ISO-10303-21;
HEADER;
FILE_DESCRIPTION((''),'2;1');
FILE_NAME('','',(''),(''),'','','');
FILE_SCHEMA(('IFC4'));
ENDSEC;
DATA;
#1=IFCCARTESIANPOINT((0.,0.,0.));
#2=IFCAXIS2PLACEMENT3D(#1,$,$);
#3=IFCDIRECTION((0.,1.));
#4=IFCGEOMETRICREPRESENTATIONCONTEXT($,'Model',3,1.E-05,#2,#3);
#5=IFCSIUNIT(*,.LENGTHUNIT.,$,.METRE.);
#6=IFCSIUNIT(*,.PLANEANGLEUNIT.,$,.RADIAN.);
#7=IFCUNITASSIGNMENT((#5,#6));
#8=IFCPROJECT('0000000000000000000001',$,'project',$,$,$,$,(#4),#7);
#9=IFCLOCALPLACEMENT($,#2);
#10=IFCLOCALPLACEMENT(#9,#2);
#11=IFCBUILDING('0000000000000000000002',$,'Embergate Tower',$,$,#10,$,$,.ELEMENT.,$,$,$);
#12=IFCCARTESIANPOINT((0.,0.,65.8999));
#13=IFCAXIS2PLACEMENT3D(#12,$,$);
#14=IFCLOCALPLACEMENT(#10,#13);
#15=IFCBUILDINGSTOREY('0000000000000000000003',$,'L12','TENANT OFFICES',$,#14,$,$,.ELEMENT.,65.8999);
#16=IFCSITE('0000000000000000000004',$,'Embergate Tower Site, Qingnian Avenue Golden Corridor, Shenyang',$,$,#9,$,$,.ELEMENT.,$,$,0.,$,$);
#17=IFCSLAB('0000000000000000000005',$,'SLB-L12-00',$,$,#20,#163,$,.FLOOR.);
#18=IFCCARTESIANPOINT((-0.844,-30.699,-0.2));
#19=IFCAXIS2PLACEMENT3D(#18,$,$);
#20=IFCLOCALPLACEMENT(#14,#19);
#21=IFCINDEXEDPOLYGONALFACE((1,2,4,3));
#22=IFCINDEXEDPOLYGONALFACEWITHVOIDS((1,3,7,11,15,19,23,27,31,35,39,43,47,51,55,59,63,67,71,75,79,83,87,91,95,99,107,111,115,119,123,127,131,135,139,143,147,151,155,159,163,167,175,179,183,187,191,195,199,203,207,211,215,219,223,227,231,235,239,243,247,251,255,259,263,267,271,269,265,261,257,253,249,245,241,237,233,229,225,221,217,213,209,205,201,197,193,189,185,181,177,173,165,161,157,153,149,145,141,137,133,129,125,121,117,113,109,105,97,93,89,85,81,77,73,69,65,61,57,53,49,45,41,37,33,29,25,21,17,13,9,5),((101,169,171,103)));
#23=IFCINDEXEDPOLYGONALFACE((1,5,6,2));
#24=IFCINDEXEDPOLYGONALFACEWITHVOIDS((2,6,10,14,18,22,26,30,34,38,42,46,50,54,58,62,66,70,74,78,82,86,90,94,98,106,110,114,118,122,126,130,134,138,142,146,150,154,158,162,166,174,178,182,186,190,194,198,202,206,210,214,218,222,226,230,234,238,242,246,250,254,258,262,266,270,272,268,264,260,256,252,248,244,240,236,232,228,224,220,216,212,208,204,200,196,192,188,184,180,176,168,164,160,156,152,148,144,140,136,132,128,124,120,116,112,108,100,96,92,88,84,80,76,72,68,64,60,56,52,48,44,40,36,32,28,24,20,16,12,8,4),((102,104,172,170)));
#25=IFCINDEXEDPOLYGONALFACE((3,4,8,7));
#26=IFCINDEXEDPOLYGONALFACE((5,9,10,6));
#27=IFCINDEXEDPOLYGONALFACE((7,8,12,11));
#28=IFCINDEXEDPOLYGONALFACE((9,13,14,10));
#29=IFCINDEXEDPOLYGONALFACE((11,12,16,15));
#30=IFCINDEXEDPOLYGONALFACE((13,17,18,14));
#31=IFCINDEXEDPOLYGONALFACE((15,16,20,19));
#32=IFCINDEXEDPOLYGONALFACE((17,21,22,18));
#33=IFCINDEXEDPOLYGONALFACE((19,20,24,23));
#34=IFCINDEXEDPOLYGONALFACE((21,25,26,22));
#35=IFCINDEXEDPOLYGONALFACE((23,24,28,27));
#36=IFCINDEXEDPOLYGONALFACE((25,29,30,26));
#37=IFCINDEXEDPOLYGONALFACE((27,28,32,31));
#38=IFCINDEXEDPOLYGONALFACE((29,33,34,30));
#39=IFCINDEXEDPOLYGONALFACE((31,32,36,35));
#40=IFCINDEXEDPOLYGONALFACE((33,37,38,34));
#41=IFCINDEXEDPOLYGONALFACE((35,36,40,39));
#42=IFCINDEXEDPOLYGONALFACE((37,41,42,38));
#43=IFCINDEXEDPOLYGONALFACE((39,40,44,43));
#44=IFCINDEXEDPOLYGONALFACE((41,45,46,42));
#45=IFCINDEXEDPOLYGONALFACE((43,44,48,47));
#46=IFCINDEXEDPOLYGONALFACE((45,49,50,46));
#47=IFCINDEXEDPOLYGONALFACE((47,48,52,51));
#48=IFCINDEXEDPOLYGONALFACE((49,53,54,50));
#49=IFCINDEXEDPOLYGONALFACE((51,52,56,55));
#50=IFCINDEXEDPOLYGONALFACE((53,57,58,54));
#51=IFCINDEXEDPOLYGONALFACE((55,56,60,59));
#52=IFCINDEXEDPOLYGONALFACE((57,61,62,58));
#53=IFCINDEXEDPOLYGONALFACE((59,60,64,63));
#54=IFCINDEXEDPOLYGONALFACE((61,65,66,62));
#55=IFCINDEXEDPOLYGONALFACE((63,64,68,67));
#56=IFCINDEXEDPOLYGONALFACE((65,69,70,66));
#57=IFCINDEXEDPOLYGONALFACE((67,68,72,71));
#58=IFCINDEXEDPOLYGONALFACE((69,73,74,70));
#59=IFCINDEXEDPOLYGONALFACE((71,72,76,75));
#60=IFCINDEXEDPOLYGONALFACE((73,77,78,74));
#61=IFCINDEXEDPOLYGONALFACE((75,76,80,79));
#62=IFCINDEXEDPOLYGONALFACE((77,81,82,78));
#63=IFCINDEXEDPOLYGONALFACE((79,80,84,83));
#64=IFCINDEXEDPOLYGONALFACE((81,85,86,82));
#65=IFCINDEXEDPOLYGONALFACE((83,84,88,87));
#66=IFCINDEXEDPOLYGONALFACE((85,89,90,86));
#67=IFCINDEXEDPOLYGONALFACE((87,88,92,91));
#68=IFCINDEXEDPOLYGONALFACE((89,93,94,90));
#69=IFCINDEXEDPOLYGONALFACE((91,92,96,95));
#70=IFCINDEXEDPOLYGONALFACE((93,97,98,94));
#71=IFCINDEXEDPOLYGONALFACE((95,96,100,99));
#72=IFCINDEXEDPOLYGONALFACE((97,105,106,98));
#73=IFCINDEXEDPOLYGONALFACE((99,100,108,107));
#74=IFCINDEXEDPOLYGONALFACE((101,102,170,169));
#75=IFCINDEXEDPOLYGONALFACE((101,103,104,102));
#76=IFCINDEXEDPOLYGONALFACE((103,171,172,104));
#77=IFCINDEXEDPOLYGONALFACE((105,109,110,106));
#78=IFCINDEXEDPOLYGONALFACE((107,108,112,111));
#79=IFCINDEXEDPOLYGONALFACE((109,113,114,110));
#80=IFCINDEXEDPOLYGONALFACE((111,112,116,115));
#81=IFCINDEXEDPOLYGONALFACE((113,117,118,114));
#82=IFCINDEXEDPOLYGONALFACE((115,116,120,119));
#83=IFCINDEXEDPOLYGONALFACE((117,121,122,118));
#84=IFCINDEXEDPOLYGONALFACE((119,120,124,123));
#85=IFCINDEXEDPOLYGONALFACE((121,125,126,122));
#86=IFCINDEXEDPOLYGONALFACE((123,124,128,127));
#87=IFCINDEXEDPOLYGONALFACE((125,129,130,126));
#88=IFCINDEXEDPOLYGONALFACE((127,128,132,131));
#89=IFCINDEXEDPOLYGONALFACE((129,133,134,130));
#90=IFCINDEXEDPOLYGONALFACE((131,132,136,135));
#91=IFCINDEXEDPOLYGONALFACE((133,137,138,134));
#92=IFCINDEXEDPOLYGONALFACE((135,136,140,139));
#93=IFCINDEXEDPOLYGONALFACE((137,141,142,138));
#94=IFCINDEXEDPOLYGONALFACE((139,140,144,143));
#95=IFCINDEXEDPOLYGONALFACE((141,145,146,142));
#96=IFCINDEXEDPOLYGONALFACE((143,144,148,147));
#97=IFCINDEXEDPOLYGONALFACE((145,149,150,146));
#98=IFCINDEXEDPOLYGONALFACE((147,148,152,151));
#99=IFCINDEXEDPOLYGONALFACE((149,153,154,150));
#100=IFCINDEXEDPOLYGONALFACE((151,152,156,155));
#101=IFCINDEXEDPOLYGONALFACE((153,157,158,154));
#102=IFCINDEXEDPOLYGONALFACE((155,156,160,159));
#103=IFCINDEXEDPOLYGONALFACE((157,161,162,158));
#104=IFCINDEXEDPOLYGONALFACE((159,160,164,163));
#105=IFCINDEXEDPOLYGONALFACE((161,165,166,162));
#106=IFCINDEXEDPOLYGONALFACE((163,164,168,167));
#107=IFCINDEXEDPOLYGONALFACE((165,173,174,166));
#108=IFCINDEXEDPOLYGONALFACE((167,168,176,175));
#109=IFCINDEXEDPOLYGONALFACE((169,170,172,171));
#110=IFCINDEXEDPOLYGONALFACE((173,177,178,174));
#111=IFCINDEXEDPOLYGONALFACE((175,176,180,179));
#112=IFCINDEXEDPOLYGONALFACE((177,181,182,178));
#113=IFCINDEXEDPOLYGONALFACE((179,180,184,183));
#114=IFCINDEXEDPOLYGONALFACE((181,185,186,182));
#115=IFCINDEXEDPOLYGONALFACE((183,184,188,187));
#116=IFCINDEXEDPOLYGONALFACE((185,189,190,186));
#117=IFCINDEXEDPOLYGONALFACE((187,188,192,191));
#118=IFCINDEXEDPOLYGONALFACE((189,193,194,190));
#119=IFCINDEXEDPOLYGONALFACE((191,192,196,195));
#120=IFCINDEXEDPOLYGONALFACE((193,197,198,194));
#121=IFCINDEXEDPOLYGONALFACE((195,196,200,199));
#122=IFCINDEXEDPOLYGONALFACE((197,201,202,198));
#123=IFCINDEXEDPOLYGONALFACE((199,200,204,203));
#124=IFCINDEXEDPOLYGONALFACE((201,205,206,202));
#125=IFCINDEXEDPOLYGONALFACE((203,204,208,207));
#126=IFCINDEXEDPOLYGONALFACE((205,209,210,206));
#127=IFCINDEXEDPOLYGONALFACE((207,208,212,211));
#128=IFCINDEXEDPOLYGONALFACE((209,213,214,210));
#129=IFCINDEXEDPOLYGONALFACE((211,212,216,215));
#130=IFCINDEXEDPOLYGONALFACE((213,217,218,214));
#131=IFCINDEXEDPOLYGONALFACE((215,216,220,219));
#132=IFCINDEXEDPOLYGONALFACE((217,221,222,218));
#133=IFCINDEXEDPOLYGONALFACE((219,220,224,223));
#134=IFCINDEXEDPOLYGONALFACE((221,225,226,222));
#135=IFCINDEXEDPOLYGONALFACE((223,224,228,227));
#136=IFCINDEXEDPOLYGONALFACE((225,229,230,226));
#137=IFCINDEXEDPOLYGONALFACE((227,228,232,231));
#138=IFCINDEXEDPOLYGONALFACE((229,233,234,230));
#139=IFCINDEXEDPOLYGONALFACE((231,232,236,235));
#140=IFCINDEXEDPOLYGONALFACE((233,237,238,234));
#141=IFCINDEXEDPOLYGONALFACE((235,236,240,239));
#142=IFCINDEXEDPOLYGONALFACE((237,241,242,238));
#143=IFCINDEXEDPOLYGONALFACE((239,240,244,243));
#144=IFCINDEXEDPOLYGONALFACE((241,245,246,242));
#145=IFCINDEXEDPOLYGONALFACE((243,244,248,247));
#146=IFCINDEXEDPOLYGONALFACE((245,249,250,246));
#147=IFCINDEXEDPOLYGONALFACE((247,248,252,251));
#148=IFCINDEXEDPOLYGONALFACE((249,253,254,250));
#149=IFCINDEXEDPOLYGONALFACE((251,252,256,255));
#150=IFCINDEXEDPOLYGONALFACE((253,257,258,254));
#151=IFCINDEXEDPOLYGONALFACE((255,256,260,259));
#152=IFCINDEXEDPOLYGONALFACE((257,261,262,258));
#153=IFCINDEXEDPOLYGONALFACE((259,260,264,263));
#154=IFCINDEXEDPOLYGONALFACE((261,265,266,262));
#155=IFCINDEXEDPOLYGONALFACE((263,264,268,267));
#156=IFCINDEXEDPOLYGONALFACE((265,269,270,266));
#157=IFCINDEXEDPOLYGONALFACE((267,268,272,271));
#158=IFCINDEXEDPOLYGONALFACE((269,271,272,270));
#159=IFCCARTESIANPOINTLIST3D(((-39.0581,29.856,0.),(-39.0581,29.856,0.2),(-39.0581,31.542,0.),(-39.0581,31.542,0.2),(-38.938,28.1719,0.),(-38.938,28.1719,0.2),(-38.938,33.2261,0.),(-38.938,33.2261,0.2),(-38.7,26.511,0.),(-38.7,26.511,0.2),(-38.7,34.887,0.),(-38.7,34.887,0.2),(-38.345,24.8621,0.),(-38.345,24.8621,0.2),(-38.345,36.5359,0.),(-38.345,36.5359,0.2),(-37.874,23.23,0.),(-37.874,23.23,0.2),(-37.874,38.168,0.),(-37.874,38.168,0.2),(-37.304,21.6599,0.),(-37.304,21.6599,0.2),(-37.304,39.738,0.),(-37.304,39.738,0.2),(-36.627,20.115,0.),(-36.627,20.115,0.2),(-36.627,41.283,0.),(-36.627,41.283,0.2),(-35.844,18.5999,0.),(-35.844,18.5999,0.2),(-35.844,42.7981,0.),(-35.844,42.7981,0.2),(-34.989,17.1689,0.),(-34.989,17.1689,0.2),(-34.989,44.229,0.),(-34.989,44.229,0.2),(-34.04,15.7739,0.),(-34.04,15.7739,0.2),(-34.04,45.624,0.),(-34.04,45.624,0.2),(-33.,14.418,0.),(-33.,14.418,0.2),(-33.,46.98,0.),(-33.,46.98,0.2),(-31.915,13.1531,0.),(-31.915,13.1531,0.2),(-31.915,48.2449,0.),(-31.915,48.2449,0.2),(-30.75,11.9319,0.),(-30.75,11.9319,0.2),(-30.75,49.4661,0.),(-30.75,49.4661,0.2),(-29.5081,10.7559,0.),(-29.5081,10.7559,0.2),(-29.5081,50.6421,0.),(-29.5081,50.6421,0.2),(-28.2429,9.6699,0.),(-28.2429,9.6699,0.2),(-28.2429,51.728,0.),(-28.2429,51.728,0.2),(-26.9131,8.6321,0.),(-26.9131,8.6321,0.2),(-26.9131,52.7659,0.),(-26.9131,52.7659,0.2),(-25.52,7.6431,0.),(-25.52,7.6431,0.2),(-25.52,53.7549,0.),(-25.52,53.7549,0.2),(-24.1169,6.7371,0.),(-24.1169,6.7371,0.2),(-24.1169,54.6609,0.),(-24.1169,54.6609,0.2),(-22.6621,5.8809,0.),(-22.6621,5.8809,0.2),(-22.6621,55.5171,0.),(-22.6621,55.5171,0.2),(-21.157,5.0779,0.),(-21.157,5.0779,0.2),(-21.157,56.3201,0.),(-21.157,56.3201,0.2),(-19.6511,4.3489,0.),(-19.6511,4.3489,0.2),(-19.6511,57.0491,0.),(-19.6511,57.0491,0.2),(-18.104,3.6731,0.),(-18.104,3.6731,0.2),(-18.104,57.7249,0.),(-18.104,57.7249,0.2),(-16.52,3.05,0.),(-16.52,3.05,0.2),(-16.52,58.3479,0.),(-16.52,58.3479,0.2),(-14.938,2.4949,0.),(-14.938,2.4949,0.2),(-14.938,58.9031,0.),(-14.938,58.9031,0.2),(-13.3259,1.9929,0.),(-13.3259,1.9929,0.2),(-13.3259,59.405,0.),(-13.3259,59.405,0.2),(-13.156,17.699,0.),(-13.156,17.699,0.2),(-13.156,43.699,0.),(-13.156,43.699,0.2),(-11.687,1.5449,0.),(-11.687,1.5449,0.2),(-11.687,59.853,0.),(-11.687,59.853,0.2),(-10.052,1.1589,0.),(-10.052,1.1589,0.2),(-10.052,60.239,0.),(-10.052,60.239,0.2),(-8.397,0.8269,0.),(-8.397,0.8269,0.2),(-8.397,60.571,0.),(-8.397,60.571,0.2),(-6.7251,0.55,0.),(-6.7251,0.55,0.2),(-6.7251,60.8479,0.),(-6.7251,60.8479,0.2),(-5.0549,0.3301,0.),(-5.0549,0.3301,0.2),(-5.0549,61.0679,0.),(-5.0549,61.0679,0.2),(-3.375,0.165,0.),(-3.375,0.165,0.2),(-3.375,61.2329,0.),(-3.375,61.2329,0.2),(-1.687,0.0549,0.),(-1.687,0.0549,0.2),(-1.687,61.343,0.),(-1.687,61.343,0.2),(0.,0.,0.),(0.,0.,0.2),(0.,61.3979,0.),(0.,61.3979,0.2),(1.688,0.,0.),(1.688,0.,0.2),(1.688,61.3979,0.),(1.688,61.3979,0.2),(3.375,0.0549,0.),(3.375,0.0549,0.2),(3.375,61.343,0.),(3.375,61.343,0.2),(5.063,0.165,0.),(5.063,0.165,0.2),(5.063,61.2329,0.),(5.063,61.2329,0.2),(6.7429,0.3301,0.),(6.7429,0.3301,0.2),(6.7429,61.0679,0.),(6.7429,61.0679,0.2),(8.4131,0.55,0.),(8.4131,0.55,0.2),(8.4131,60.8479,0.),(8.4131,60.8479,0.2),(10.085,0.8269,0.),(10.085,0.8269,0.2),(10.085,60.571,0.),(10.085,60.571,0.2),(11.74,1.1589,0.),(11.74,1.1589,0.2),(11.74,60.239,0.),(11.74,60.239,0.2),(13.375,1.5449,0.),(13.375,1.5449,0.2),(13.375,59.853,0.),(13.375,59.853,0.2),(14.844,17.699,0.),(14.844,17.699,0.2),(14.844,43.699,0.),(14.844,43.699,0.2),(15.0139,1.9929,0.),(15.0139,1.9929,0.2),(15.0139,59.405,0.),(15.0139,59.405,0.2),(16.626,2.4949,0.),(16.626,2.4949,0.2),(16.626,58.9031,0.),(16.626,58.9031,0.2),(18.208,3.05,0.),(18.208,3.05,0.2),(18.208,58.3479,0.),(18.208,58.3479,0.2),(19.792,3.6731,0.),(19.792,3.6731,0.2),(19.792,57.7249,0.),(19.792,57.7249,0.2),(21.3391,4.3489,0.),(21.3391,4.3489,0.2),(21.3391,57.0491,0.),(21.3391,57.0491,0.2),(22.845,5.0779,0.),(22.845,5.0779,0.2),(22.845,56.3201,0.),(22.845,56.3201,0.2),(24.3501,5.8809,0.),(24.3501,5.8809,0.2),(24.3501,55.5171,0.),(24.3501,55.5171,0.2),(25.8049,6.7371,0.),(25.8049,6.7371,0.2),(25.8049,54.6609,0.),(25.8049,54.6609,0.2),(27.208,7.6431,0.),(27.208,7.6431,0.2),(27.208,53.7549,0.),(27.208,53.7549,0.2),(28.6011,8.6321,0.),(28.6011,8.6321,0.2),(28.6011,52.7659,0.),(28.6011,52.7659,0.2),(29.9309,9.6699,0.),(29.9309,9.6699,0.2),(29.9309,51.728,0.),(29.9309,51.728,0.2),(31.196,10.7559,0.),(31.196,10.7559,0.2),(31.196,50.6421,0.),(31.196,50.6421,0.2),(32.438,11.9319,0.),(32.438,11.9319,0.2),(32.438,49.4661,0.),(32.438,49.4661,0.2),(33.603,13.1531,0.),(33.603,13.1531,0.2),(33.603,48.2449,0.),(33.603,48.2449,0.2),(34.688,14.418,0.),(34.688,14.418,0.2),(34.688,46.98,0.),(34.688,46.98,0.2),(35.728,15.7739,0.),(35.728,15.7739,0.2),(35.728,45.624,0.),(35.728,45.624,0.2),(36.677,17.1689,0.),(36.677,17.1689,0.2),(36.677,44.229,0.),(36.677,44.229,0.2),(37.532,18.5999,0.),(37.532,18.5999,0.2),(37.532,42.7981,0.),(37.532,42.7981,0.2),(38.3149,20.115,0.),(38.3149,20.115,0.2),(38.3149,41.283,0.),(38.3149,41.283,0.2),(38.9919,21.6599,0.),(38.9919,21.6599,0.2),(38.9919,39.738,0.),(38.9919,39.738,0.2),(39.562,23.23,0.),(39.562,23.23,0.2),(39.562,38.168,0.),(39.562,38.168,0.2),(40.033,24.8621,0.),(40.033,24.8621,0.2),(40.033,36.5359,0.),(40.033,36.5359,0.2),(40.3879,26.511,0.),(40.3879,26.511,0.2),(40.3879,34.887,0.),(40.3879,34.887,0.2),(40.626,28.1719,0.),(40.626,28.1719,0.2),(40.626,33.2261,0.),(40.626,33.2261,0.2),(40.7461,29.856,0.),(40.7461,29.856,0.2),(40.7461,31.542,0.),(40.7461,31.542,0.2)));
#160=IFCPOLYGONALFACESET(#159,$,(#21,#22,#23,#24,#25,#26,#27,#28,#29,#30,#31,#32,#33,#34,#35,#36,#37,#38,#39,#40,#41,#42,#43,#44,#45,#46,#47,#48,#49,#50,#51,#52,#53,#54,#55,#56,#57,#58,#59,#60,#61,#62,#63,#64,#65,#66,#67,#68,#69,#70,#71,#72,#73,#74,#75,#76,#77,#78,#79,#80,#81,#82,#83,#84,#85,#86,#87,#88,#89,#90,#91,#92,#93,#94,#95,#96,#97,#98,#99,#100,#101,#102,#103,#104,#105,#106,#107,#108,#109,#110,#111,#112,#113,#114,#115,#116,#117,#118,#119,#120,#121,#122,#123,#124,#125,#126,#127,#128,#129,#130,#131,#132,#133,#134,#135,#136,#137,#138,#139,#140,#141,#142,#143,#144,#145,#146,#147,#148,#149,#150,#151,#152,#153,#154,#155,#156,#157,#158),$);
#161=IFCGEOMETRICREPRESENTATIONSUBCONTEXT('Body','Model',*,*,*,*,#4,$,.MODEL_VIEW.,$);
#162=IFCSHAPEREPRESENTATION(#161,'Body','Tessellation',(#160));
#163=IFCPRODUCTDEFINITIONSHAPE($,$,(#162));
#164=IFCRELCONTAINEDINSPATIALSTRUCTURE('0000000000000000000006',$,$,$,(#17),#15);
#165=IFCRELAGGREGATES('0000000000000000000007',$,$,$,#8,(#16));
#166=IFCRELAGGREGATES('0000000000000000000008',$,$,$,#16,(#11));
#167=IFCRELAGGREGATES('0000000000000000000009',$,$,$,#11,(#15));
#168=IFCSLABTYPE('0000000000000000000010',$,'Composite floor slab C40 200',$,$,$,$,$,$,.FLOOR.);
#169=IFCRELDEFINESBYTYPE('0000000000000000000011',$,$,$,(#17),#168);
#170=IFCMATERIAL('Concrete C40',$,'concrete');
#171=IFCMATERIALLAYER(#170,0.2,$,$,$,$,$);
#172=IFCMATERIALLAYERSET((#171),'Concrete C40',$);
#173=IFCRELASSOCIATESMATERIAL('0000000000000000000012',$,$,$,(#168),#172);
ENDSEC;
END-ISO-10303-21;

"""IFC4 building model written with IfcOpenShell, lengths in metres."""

from ifc_helpers import new_model, si_unit, direction, frame, origin, place, context, subcontext, project, spatial, polyline, outline, extrude, source, transform, mapped, material, layer, layer_set, type_object, element, save


model = new_model("IFC4")

# Units and contexts
model_context = context("Model", 3, precision=1e-05, world=origin(), true_north=direction((0.0, 1.0)))
body_context = subcontext(model_context, "Body", "Model", "MODEL_VIEW")
ifc_project = project(units=[si_unit("LENGTHUNIT", "METRE"), si_unit("PLANEANGLEUNIT", "RADIAN")], contexts=[model_context])

# Site, building, storey
site_placement = place(None, origin())
site = spatial("IfcSite", under=ifc_project, at=site_placement, Name="Embergate Tower Site, Qingnian Avenue Golden Corridor, Shenyang", CompositionType="ELEMENT", RefElevation=0.0)
building_placement = place(site_placement, origin())
building = spatial("IfcBuilding", under=site, at=building_placement, Name="Embergate Tower", CompositionType="ELEMENT")
storey_placement = place(building_placement, frame((0.0, 0.0, 65.8999)))
storey = spatial("IfcBuildingStorey", under=building, at=storey_placement, Name="L12", Description="TENANT OFFICES", CompositionType="ELEMENT", Elevation=65.8999)

# Slab
ifc_material_1 = material(Name="Concrete C40", Category="concrete")
ifc_layer_1 = layer(ifc_material_1, 0.2)
ifc_layer_set_1 = layer_set([ifc_layer_1], Name="Concrete C40")
slab_type = type_object("IfcSlabType", Name="Composite floor slab C40 200", PredefinedType="FLOOR", material=ifc_layer_set_1)
shared_shape_1 = source(origin(), body_context, "Body", "SweptSolid", [
    extrude(outline(polyline([(0.0, 0.0), (1.688, 0.0), (3.375, 0.0549), (5.063, 0.165), (6.7429, 0.3301), (8.4131, 0.55), (10.085, 0.8269), (11.74, 1.1589), (13.375, 1.5449), (15.0139, 1.9929), (16.626, 2.4949), (18.208, 3.05), (19.792, 3.6731), (21.3391, 4.3489), (22.845, 5.0779), (24.3501, 5.8809), (25.8049, 6.7371), (27.208, 7.6431), (28.6011, 8.6321), (29.9309, 9.6699), (31.196, 10.7559), (32.438, 11.9319), (33.603, 13.1531), (34.688, 14.418), (35.728, 15.7739), (36.677, 17.1689), (37.532, 18.5999), (38.3149, 20.115), (38.9919, 21.6599), (39.562, 23.23), (40.033, 24.8621), (40.3879, 26.511), (40.626, 28.1719), (40.7461, 29.856), (40.7461, 31.542), (40.626, 33.2261), (40.3879, 34.887), (40.033, 36.5359), (39.562, 38.168), (38.9919, 39.738), (38.3149, 41.283), (37.532, 42.7981), (36.677, 44.229), (35.728, 45.624), (34.688, 46.98), (33.603, 48.2449), (32.438, 49.4661), (31.196, 50.6421), (29.9309, 51.728), (28.6011, 52.7659), (27.208, 53.7549), (25.8049, 54.6609), (24.3501, 55.5171), (22.845, 56.3201), (21.3391, 57.0491), (19.792, 57.7249), (18.208, 58.3479), (16.626, 58.9031), (15.0139, 59.405), (13.375, 59.853), (11.74, 60.239), (10.085, 60.571), (8.4131, 60.8479), (6.7429, 61.0679), (5.063, 61.2329), (3.375, 61.343), (1.688, 61.3979), (0.0, 61.3979), (-1.687, 61.343), (-3.375, 61.2329), (-5.0549, 61.0679), (-6.7251, 60.8479), (-8.397, 60.571), (-10.052, 60.239), (-11.687, 59.853), (-13.3259, 59.405), (-14.938, 58.9031), (-16.52, 58.3479), (-18.104, 57.7249), (-19.6511, 57.0491), (-21.157, 56.3201), (-22.6621, 55.5171), (-24.1169, 54.6609), (-25.52, 53.7549), (-26.9131, 52.7659), (-28.2429, 51.728), (-29.5081, 50.6421), (-30.75, 49.4661), (-31.915, 48.2449), (-33.0, 46.98), (-34.04, 45.624), (-34.989, 44.229), (-35.844, 42.7981), (-36.627, 41.283), (-37.304, 39.738), (-37.874, 38.168), (-38.345, 36.5359), (-38.7, 34.887), (-38.938, 33.2261), (-39.0581, 31.542), (-39.0581, 29.856), (-38.938, 28.1719), (-38.7, 26.511), (-38.345, 24.8621), (-37.874, 23.23), (-37.304, 21.6599), (-36.627, 20.115), (-35.844, 18.5999), (-34.989, 17.1689), (-34.04, 15.7739), (-33.0, 14.418), (-31.915, 13.1531), (-30.75, 11.9319), (-29.5081, 10.7559), (-28.2429, 9.6699), (-26.9131, 8.6321), (-25.52, 7.6431), (-24.1169, 6.7371), (-22.6621, 5.8809), (-21.157, 5.0779), (-19.6511, 4.3489), (-18.104, 3.6731), (-16.52, 3.05), (-14.938, 2.4949), (-13.3259, 1.9929), (-11.687, 1.5449), (-10.052, 1.1589), (-8.397, 0.8269), (-6.7251, 0.55), (-5.0549, 0.3301), (-3.375, 0.165), (-1.687, 0.0549), (0.0, 0.0)]), holes=[polyline([(-13.156, 17.699), (-13.156, 43.699), (14.844, 43.699), (14.844, 17.699), (-13.156, 17.699)])]), origin(), (0.0, 0.0, 1.0), 0.2),
])
slab_placement = place(storey_placement, frame((-0.844, -30.699, -0.2)))
element("IfcSlab", 1, at=slab_placement, inside=storey, type_object=slab_type, Name="SLB-L12-00", PredefinedType="FLOOR", context=body_context, shape_type="MappedRepresentation", body=[
    mapped(shared_shape_1, transform((0.0, 0.0, 0.0))),
])

save(model, "model.ifc")
